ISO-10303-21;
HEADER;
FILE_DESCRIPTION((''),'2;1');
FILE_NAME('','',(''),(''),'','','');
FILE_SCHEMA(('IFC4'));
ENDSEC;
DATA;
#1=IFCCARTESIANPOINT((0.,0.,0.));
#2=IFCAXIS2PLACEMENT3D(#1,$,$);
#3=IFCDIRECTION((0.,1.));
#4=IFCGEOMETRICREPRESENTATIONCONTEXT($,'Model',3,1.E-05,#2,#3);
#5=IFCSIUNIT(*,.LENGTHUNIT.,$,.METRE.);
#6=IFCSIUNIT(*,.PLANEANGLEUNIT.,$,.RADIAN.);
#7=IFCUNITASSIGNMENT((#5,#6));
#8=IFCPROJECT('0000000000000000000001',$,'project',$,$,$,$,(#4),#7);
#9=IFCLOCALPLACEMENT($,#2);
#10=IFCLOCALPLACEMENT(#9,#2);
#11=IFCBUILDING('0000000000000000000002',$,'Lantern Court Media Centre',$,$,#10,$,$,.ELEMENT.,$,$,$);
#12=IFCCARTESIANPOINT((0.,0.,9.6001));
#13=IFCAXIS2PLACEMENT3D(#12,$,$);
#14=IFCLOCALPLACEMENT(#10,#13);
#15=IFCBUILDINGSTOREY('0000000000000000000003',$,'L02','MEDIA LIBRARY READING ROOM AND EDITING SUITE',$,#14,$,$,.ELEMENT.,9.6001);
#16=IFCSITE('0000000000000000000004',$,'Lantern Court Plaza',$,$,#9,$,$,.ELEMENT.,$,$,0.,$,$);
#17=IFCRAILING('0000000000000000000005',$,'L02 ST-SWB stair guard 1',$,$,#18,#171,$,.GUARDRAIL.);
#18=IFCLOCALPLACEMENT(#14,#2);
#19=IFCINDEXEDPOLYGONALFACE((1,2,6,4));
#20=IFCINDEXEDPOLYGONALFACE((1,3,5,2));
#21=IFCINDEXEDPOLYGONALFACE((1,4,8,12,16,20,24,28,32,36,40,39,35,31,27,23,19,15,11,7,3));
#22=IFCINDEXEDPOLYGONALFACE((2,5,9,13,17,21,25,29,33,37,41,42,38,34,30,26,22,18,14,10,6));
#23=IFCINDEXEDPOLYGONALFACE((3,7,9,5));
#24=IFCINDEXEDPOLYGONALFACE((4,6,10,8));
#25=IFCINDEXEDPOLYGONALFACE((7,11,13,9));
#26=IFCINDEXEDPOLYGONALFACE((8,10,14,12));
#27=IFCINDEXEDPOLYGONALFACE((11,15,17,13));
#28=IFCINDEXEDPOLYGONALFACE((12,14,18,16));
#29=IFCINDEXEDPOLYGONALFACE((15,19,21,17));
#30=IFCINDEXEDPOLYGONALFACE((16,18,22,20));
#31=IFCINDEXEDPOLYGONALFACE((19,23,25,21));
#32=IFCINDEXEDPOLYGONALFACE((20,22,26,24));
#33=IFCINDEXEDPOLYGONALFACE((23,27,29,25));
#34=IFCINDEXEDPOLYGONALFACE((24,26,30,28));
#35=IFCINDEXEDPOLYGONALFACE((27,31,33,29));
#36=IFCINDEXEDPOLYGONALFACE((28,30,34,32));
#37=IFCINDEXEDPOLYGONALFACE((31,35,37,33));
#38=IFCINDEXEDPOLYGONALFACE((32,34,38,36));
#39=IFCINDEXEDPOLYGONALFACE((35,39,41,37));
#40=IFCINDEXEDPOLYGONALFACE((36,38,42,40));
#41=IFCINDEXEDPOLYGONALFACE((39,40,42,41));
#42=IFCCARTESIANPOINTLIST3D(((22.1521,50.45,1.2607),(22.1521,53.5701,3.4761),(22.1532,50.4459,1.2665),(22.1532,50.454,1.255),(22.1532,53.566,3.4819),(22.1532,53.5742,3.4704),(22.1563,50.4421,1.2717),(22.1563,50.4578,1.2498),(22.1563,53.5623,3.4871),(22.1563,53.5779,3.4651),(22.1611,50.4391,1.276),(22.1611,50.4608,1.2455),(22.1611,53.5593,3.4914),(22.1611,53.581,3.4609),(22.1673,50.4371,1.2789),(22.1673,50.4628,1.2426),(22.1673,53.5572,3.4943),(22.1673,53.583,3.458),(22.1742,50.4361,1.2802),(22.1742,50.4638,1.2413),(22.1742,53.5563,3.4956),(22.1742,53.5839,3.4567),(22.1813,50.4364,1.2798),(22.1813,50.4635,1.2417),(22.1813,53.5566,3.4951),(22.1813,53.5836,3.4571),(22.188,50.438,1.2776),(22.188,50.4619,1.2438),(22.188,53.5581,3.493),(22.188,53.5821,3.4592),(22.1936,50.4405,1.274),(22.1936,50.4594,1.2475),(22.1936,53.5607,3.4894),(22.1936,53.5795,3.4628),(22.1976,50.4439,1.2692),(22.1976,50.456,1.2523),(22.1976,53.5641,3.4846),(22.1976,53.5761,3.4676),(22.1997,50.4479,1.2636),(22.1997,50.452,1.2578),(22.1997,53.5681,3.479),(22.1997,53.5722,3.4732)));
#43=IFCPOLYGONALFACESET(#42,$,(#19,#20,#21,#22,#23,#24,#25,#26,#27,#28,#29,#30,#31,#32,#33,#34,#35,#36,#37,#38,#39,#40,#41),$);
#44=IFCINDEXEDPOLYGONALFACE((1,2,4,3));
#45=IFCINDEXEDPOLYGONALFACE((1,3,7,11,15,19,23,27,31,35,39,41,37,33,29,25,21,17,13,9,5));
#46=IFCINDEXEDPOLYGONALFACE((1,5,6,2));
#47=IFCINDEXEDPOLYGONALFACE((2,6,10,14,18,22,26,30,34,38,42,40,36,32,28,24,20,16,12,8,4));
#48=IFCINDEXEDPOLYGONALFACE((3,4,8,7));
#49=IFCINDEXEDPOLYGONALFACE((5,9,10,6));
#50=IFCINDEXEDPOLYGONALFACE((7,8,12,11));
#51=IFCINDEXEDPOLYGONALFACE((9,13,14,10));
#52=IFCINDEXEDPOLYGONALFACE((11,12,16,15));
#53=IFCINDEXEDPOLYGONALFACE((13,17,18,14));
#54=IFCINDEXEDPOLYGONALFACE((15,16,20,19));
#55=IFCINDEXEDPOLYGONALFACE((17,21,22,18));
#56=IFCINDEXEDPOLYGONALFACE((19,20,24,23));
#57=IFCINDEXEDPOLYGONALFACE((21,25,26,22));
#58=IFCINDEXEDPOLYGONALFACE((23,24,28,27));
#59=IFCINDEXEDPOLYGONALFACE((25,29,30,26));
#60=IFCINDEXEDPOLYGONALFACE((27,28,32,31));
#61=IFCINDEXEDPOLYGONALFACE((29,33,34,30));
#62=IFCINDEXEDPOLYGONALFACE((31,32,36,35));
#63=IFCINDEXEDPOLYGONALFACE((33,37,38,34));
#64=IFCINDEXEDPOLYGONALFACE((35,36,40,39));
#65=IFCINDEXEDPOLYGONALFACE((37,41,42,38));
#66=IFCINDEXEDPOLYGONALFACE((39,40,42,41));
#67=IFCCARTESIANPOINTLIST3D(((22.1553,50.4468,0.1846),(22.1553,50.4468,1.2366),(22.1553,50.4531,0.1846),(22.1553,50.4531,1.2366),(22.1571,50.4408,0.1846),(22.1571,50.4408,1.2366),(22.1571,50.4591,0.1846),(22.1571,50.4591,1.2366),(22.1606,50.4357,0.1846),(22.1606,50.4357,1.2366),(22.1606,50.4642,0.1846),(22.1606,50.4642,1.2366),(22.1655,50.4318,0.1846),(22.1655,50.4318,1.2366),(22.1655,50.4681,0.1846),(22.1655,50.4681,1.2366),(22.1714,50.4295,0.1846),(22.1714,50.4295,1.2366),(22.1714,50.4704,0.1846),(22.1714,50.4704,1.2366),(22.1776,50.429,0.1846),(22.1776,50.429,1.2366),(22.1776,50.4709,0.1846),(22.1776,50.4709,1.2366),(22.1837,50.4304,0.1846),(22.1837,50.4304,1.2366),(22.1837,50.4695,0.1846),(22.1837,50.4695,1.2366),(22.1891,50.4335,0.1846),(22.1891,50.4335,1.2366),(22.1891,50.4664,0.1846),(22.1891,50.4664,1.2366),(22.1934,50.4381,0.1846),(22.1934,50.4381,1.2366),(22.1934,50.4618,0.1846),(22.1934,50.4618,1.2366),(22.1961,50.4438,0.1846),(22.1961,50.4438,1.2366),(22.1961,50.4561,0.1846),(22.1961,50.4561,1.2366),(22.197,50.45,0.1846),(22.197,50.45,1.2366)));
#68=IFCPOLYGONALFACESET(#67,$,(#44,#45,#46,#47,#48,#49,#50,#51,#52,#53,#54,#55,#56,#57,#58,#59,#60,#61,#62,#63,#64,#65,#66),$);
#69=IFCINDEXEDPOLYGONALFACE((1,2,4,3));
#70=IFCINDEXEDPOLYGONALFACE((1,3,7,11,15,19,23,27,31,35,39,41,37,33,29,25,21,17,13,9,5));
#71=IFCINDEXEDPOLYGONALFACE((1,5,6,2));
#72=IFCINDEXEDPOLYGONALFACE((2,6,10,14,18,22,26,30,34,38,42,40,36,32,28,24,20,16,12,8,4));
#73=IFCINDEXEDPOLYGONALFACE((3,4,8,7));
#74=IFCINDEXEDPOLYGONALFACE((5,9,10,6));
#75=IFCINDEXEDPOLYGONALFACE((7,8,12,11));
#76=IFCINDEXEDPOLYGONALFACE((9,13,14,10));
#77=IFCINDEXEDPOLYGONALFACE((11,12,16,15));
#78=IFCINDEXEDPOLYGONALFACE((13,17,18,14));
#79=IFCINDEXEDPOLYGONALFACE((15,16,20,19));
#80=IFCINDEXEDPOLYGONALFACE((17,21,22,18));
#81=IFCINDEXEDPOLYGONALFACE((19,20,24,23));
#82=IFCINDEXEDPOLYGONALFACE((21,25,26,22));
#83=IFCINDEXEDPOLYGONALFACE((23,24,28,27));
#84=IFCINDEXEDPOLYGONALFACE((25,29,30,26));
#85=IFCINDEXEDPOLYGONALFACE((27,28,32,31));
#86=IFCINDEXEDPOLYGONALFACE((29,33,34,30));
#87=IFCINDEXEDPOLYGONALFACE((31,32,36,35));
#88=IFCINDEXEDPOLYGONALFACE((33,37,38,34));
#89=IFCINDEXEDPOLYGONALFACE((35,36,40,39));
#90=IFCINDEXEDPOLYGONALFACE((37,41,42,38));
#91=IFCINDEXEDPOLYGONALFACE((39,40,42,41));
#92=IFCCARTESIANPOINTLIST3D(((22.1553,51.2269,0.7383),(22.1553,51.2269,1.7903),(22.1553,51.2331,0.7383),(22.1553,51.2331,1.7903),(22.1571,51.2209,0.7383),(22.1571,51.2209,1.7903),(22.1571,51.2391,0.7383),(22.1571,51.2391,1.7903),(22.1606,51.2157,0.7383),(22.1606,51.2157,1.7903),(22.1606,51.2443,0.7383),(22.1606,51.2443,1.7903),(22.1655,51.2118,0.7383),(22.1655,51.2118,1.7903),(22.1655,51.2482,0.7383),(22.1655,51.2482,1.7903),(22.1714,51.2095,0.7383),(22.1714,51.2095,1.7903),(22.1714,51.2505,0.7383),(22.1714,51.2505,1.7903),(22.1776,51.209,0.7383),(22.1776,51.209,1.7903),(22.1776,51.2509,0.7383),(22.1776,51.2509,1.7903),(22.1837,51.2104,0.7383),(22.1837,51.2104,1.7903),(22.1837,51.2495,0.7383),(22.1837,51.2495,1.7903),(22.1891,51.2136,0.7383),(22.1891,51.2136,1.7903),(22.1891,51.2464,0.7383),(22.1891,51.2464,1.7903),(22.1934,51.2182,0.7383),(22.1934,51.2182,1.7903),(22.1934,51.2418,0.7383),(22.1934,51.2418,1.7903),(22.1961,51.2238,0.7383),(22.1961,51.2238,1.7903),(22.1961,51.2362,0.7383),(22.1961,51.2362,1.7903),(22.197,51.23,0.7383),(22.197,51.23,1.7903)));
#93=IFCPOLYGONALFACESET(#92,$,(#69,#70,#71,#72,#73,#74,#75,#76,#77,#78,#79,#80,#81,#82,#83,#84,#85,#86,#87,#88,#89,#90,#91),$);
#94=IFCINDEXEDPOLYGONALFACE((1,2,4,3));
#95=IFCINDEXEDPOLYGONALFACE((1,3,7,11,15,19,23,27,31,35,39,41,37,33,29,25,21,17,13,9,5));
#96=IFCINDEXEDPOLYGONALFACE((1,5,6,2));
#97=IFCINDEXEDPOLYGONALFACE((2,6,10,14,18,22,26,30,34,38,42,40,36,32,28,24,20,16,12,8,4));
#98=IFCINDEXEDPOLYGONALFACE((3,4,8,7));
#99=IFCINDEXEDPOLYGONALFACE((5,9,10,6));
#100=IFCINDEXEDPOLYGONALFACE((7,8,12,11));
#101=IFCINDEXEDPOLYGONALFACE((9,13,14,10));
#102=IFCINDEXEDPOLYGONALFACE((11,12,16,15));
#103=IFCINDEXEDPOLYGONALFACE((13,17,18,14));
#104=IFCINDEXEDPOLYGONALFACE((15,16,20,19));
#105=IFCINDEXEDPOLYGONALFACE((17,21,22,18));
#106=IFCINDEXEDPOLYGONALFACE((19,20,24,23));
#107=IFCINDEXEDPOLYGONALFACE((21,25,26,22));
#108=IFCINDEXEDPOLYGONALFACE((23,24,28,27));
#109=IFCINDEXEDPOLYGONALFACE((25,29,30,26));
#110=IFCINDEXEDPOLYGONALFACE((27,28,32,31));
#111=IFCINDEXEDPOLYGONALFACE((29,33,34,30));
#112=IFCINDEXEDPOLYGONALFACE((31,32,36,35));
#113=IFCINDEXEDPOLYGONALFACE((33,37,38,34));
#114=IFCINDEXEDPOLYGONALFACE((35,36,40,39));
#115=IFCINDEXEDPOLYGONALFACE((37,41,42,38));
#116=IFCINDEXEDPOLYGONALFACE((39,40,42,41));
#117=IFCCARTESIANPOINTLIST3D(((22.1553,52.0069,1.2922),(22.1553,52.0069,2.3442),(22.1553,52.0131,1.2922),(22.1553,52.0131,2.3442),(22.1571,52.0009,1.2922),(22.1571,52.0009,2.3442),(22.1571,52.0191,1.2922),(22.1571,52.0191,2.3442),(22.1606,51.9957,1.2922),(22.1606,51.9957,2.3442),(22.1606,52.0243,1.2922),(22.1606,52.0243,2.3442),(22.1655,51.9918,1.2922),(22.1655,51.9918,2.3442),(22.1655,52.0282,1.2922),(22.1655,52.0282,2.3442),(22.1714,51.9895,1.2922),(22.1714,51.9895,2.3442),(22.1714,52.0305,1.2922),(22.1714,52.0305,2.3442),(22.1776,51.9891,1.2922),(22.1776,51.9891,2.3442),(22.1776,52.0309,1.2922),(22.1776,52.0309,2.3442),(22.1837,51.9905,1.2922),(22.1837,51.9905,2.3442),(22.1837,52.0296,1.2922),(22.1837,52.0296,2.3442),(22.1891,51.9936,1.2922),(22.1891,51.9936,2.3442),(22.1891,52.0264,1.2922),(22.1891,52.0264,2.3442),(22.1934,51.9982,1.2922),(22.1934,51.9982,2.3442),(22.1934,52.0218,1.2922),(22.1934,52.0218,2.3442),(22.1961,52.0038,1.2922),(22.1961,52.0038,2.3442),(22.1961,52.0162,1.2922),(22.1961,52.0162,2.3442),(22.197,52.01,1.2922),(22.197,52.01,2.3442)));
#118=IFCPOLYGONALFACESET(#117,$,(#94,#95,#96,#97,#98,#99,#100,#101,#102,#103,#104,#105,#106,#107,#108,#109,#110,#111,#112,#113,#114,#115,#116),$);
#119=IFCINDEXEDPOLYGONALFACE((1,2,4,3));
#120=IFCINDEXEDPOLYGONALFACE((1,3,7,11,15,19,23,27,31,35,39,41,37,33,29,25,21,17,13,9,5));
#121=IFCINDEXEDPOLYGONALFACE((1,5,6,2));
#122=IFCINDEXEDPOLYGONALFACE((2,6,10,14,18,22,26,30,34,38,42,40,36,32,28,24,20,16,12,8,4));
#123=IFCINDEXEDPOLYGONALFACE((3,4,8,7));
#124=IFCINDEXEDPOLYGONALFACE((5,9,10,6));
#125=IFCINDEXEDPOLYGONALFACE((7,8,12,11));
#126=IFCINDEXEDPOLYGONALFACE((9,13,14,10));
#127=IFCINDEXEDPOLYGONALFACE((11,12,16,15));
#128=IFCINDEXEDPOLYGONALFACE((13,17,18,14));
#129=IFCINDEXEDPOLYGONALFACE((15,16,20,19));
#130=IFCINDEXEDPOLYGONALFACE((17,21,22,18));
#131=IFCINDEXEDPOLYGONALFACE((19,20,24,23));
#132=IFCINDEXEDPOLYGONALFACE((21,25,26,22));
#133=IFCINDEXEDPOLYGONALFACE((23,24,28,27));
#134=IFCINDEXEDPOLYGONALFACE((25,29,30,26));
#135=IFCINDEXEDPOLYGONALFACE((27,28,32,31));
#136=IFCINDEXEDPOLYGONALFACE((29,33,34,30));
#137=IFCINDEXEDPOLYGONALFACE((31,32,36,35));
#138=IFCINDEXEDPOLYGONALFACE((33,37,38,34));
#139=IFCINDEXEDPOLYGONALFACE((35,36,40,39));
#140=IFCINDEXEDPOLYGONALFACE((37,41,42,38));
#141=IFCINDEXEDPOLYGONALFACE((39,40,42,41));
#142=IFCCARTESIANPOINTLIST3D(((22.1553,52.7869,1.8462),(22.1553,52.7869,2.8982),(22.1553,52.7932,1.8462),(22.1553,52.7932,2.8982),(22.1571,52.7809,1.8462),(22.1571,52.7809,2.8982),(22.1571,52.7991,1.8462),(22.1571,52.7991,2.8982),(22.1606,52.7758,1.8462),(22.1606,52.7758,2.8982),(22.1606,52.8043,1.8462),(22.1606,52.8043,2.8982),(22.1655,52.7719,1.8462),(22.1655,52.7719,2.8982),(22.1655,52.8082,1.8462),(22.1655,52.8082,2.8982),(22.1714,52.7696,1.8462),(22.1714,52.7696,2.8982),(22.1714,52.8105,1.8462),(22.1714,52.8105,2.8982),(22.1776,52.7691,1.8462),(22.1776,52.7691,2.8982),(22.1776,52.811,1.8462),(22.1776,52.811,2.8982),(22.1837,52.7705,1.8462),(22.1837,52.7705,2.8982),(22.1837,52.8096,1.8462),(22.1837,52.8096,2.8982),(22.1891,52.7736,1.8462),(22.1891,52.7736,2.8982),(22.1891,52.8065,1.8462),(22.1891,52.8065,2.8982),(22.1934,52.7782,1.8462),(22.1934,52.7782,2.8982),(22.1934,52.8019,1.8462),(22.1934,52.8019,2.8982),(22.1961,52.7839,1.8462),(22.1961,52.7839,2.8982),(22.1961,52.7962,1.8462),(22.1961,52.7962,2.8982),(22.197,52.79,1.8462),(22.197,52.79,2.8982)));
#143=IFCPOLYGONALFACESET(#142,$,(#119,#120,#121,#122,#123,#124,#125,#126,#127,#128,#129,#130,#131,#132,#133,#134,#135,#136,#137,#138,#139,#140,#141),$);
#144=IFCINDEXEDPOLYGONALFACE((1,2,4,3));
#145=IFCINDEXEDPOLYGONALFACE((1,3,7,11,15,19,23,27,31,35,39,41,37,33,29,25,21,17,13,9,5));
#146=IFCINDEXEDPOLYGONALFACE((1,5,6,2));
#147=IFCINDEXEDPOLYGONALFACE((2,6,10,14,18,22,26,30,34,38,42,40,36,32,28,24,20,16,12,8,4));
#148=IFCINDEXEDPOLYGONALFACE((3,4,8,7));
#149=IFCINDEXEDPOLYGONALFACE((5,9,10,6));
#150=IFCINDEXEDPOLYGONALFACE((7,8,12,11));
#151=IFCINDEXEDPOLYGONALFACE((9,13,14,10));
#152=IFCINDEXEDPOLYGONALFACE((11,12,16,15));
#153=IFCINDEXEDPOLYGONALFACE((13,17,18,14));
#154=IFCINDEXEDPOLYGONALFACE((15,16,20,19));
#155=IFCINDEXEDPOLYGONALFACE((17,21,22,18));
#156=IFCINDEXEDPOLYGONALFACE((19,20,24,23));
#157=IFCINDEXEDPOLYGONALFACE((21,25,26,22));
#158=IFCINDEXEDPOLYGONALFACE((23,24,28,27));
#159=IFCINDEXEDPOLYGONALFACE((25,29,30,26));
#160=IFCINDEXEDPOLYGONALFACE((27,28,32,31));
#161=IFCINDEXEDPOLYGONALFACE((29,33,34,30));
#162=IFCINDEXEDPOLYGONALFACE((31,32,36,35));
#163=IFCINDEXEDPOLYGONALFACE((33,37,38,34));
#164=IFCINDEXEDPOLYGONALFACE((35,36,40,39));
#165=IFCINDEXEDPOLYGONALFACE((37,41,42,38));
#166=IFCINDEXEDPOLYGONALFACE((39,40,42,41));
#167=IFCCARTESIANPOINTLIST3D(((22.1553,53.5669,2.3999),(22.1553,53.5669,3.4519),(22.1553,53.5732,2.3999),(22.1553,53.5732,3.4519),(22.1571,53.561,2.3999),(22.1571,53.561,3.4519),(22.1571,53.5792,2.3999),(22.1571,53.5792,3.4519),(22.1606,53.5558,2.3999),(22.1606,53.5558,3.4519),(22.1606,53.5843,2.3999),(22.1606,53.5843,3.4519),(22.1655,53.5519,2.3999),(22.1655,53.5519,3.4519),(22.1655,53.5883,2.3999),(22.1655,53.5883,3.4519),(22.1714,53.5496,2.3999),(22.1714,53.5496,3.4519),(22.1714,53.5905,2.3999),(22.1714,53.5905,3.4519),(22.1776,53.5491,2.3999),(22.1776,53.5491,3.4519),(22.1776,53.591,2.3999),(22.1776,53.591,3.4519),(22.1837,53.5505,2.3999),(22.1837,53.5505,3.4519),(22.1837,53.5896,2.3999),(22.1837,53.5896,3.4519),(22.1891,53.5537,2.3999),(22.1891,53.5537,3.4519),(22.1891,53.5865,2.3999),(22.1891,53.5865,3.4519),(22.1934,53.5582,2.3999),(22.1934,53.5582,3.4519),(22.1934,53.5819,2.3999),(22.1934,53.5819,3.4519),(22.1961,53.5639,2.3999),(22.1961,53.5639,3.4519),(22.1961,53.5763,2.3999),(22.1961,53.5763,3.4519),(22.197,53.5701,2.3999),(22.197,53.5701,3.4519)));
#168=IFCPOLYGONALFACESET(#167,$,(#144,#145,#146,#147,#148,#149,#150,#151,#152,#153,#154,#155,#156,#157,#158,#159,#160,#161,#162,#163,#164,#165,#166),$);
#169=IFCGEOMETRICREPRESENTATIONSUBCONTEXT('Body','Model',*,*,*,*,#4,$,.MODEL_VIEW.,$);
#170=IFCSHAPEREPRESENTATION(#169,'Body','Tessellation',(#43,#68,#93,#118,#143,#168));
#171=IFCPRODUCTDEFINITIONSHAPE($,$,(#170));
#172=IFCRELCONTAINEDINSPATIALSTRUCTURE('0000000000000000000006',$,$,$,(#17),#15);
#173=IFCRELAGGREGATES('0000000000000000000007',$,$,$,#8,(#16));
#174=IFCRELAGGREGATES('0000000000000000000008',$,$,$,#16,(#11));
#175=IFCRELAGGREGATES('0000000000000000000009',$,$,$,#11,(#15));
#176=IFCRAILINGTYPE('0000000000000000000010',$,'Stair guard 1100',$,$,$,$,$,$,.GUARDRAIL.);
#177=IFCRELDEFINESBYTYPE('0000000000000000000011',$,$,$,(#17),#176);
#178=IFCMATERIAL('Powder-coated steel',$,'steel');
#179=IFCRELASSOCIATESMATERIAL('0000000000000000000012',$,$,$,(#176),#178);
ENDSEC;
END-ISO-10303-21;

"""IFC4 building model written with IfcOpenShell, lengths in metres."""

from ifc_helpers import new_model, si_unit, direction, frame, origin, origin_2d, place, context, subcontext, project, spatial, circle, extrude, material, type_object, element, save


model = new_model("IFC4")

# Units and contexts
model_context = context("Model", 3, precision=1e-05, world=origin(), true_north=direction((0.0, 1.0)))
body_context = subcontext(model_context, "Body", "Model", "MODEL_VIEW")
ifc_project = project(units=[si_unit("LENGTHUNIT", "METRE"), si_unit("PLANEANGLEUNIT", "RADIAN")], contexts=[model_context])

# Site, building, storey
site_placement = place(None, origin())
site = spatial("IfcSite", under=ifc_project, at=site_placement, Name="Lantern Court Plaza", CompositionType="ELEMENT", RefElevation=0.0)
building_placement = place(site_placement, origin())
building = spatial("IfcBuilding", under=site, at=building_placement, Name="Lantern Court Media Centre", CompositionType="ELEMENT")
storey_placement = place(building_placement, frame((0.0, 0.0, 9.6001)))
storey = spatial("IfcBuildingStorey", under=building, at=storey_placement, Name="L02", Description="MEDIA LIBRARY READING ROOM AND EDITING SUITE", CompositionType="ELEMENT", Elevation=9.6001)

# Railing
ifc_material_1 = material(Name="Powder-coated steel", Category="steel")
railing_type_1 = type_object("IfcRailingType", Name="Stair guard 1100", PredefinedType="GUARDRAIL", material=ifc_material_1)
railing_1_placement = place(storey_placement, frame((22.176, 50.45, 0.1846)))
element("IfcRailing", 1, at=railing_1_placement, inside=storey, type_object=railing_type_1, Name="L02 ST-SWB stair guard 1", PredefinedType="GUARDRAIL", context=body_context, shape_type="SweptSolid", body=[
    extrude(circle(Radius=0.0239, at=origin_2d()), frame((0.0, 0.0, 1.0762), z_axis=(0.0, 0.815377, 0.57893), x_axis=(-1.0, 0.0, 0.0)), (0.0, 0.0, 1.0), 3.8267),
    extrude(circle(Radius=0.021, at=origin_2d()), origin(), (0.0, 0.0, 1.0), 1.052),
    extrude(circle(Radius=0.021, at=origin_2d()), frame((0.0, 0.78, 0.5537)), (0.0, 0.0, 1.0), 1.052),
    extrude(circle(Radius=0.021, at=origin_2d()), frame((0.0, 1.5601, 1.1077)), (0.0, 0.0, 1.0), 1.052),
    extrude(circle(Radius=0.021, at=origin_2d()), frame((0.0, 2.3401, 1.6616)), (0.0, 0.0, 1.0), 1.052),
    extrude(circle(Radius=0.021, at=origin_2d()), frame((0.0, 3.1201, 2.2153)), (0.0, 0.0, 1.0), 1.052),
])

save(model, "model.ifc")
